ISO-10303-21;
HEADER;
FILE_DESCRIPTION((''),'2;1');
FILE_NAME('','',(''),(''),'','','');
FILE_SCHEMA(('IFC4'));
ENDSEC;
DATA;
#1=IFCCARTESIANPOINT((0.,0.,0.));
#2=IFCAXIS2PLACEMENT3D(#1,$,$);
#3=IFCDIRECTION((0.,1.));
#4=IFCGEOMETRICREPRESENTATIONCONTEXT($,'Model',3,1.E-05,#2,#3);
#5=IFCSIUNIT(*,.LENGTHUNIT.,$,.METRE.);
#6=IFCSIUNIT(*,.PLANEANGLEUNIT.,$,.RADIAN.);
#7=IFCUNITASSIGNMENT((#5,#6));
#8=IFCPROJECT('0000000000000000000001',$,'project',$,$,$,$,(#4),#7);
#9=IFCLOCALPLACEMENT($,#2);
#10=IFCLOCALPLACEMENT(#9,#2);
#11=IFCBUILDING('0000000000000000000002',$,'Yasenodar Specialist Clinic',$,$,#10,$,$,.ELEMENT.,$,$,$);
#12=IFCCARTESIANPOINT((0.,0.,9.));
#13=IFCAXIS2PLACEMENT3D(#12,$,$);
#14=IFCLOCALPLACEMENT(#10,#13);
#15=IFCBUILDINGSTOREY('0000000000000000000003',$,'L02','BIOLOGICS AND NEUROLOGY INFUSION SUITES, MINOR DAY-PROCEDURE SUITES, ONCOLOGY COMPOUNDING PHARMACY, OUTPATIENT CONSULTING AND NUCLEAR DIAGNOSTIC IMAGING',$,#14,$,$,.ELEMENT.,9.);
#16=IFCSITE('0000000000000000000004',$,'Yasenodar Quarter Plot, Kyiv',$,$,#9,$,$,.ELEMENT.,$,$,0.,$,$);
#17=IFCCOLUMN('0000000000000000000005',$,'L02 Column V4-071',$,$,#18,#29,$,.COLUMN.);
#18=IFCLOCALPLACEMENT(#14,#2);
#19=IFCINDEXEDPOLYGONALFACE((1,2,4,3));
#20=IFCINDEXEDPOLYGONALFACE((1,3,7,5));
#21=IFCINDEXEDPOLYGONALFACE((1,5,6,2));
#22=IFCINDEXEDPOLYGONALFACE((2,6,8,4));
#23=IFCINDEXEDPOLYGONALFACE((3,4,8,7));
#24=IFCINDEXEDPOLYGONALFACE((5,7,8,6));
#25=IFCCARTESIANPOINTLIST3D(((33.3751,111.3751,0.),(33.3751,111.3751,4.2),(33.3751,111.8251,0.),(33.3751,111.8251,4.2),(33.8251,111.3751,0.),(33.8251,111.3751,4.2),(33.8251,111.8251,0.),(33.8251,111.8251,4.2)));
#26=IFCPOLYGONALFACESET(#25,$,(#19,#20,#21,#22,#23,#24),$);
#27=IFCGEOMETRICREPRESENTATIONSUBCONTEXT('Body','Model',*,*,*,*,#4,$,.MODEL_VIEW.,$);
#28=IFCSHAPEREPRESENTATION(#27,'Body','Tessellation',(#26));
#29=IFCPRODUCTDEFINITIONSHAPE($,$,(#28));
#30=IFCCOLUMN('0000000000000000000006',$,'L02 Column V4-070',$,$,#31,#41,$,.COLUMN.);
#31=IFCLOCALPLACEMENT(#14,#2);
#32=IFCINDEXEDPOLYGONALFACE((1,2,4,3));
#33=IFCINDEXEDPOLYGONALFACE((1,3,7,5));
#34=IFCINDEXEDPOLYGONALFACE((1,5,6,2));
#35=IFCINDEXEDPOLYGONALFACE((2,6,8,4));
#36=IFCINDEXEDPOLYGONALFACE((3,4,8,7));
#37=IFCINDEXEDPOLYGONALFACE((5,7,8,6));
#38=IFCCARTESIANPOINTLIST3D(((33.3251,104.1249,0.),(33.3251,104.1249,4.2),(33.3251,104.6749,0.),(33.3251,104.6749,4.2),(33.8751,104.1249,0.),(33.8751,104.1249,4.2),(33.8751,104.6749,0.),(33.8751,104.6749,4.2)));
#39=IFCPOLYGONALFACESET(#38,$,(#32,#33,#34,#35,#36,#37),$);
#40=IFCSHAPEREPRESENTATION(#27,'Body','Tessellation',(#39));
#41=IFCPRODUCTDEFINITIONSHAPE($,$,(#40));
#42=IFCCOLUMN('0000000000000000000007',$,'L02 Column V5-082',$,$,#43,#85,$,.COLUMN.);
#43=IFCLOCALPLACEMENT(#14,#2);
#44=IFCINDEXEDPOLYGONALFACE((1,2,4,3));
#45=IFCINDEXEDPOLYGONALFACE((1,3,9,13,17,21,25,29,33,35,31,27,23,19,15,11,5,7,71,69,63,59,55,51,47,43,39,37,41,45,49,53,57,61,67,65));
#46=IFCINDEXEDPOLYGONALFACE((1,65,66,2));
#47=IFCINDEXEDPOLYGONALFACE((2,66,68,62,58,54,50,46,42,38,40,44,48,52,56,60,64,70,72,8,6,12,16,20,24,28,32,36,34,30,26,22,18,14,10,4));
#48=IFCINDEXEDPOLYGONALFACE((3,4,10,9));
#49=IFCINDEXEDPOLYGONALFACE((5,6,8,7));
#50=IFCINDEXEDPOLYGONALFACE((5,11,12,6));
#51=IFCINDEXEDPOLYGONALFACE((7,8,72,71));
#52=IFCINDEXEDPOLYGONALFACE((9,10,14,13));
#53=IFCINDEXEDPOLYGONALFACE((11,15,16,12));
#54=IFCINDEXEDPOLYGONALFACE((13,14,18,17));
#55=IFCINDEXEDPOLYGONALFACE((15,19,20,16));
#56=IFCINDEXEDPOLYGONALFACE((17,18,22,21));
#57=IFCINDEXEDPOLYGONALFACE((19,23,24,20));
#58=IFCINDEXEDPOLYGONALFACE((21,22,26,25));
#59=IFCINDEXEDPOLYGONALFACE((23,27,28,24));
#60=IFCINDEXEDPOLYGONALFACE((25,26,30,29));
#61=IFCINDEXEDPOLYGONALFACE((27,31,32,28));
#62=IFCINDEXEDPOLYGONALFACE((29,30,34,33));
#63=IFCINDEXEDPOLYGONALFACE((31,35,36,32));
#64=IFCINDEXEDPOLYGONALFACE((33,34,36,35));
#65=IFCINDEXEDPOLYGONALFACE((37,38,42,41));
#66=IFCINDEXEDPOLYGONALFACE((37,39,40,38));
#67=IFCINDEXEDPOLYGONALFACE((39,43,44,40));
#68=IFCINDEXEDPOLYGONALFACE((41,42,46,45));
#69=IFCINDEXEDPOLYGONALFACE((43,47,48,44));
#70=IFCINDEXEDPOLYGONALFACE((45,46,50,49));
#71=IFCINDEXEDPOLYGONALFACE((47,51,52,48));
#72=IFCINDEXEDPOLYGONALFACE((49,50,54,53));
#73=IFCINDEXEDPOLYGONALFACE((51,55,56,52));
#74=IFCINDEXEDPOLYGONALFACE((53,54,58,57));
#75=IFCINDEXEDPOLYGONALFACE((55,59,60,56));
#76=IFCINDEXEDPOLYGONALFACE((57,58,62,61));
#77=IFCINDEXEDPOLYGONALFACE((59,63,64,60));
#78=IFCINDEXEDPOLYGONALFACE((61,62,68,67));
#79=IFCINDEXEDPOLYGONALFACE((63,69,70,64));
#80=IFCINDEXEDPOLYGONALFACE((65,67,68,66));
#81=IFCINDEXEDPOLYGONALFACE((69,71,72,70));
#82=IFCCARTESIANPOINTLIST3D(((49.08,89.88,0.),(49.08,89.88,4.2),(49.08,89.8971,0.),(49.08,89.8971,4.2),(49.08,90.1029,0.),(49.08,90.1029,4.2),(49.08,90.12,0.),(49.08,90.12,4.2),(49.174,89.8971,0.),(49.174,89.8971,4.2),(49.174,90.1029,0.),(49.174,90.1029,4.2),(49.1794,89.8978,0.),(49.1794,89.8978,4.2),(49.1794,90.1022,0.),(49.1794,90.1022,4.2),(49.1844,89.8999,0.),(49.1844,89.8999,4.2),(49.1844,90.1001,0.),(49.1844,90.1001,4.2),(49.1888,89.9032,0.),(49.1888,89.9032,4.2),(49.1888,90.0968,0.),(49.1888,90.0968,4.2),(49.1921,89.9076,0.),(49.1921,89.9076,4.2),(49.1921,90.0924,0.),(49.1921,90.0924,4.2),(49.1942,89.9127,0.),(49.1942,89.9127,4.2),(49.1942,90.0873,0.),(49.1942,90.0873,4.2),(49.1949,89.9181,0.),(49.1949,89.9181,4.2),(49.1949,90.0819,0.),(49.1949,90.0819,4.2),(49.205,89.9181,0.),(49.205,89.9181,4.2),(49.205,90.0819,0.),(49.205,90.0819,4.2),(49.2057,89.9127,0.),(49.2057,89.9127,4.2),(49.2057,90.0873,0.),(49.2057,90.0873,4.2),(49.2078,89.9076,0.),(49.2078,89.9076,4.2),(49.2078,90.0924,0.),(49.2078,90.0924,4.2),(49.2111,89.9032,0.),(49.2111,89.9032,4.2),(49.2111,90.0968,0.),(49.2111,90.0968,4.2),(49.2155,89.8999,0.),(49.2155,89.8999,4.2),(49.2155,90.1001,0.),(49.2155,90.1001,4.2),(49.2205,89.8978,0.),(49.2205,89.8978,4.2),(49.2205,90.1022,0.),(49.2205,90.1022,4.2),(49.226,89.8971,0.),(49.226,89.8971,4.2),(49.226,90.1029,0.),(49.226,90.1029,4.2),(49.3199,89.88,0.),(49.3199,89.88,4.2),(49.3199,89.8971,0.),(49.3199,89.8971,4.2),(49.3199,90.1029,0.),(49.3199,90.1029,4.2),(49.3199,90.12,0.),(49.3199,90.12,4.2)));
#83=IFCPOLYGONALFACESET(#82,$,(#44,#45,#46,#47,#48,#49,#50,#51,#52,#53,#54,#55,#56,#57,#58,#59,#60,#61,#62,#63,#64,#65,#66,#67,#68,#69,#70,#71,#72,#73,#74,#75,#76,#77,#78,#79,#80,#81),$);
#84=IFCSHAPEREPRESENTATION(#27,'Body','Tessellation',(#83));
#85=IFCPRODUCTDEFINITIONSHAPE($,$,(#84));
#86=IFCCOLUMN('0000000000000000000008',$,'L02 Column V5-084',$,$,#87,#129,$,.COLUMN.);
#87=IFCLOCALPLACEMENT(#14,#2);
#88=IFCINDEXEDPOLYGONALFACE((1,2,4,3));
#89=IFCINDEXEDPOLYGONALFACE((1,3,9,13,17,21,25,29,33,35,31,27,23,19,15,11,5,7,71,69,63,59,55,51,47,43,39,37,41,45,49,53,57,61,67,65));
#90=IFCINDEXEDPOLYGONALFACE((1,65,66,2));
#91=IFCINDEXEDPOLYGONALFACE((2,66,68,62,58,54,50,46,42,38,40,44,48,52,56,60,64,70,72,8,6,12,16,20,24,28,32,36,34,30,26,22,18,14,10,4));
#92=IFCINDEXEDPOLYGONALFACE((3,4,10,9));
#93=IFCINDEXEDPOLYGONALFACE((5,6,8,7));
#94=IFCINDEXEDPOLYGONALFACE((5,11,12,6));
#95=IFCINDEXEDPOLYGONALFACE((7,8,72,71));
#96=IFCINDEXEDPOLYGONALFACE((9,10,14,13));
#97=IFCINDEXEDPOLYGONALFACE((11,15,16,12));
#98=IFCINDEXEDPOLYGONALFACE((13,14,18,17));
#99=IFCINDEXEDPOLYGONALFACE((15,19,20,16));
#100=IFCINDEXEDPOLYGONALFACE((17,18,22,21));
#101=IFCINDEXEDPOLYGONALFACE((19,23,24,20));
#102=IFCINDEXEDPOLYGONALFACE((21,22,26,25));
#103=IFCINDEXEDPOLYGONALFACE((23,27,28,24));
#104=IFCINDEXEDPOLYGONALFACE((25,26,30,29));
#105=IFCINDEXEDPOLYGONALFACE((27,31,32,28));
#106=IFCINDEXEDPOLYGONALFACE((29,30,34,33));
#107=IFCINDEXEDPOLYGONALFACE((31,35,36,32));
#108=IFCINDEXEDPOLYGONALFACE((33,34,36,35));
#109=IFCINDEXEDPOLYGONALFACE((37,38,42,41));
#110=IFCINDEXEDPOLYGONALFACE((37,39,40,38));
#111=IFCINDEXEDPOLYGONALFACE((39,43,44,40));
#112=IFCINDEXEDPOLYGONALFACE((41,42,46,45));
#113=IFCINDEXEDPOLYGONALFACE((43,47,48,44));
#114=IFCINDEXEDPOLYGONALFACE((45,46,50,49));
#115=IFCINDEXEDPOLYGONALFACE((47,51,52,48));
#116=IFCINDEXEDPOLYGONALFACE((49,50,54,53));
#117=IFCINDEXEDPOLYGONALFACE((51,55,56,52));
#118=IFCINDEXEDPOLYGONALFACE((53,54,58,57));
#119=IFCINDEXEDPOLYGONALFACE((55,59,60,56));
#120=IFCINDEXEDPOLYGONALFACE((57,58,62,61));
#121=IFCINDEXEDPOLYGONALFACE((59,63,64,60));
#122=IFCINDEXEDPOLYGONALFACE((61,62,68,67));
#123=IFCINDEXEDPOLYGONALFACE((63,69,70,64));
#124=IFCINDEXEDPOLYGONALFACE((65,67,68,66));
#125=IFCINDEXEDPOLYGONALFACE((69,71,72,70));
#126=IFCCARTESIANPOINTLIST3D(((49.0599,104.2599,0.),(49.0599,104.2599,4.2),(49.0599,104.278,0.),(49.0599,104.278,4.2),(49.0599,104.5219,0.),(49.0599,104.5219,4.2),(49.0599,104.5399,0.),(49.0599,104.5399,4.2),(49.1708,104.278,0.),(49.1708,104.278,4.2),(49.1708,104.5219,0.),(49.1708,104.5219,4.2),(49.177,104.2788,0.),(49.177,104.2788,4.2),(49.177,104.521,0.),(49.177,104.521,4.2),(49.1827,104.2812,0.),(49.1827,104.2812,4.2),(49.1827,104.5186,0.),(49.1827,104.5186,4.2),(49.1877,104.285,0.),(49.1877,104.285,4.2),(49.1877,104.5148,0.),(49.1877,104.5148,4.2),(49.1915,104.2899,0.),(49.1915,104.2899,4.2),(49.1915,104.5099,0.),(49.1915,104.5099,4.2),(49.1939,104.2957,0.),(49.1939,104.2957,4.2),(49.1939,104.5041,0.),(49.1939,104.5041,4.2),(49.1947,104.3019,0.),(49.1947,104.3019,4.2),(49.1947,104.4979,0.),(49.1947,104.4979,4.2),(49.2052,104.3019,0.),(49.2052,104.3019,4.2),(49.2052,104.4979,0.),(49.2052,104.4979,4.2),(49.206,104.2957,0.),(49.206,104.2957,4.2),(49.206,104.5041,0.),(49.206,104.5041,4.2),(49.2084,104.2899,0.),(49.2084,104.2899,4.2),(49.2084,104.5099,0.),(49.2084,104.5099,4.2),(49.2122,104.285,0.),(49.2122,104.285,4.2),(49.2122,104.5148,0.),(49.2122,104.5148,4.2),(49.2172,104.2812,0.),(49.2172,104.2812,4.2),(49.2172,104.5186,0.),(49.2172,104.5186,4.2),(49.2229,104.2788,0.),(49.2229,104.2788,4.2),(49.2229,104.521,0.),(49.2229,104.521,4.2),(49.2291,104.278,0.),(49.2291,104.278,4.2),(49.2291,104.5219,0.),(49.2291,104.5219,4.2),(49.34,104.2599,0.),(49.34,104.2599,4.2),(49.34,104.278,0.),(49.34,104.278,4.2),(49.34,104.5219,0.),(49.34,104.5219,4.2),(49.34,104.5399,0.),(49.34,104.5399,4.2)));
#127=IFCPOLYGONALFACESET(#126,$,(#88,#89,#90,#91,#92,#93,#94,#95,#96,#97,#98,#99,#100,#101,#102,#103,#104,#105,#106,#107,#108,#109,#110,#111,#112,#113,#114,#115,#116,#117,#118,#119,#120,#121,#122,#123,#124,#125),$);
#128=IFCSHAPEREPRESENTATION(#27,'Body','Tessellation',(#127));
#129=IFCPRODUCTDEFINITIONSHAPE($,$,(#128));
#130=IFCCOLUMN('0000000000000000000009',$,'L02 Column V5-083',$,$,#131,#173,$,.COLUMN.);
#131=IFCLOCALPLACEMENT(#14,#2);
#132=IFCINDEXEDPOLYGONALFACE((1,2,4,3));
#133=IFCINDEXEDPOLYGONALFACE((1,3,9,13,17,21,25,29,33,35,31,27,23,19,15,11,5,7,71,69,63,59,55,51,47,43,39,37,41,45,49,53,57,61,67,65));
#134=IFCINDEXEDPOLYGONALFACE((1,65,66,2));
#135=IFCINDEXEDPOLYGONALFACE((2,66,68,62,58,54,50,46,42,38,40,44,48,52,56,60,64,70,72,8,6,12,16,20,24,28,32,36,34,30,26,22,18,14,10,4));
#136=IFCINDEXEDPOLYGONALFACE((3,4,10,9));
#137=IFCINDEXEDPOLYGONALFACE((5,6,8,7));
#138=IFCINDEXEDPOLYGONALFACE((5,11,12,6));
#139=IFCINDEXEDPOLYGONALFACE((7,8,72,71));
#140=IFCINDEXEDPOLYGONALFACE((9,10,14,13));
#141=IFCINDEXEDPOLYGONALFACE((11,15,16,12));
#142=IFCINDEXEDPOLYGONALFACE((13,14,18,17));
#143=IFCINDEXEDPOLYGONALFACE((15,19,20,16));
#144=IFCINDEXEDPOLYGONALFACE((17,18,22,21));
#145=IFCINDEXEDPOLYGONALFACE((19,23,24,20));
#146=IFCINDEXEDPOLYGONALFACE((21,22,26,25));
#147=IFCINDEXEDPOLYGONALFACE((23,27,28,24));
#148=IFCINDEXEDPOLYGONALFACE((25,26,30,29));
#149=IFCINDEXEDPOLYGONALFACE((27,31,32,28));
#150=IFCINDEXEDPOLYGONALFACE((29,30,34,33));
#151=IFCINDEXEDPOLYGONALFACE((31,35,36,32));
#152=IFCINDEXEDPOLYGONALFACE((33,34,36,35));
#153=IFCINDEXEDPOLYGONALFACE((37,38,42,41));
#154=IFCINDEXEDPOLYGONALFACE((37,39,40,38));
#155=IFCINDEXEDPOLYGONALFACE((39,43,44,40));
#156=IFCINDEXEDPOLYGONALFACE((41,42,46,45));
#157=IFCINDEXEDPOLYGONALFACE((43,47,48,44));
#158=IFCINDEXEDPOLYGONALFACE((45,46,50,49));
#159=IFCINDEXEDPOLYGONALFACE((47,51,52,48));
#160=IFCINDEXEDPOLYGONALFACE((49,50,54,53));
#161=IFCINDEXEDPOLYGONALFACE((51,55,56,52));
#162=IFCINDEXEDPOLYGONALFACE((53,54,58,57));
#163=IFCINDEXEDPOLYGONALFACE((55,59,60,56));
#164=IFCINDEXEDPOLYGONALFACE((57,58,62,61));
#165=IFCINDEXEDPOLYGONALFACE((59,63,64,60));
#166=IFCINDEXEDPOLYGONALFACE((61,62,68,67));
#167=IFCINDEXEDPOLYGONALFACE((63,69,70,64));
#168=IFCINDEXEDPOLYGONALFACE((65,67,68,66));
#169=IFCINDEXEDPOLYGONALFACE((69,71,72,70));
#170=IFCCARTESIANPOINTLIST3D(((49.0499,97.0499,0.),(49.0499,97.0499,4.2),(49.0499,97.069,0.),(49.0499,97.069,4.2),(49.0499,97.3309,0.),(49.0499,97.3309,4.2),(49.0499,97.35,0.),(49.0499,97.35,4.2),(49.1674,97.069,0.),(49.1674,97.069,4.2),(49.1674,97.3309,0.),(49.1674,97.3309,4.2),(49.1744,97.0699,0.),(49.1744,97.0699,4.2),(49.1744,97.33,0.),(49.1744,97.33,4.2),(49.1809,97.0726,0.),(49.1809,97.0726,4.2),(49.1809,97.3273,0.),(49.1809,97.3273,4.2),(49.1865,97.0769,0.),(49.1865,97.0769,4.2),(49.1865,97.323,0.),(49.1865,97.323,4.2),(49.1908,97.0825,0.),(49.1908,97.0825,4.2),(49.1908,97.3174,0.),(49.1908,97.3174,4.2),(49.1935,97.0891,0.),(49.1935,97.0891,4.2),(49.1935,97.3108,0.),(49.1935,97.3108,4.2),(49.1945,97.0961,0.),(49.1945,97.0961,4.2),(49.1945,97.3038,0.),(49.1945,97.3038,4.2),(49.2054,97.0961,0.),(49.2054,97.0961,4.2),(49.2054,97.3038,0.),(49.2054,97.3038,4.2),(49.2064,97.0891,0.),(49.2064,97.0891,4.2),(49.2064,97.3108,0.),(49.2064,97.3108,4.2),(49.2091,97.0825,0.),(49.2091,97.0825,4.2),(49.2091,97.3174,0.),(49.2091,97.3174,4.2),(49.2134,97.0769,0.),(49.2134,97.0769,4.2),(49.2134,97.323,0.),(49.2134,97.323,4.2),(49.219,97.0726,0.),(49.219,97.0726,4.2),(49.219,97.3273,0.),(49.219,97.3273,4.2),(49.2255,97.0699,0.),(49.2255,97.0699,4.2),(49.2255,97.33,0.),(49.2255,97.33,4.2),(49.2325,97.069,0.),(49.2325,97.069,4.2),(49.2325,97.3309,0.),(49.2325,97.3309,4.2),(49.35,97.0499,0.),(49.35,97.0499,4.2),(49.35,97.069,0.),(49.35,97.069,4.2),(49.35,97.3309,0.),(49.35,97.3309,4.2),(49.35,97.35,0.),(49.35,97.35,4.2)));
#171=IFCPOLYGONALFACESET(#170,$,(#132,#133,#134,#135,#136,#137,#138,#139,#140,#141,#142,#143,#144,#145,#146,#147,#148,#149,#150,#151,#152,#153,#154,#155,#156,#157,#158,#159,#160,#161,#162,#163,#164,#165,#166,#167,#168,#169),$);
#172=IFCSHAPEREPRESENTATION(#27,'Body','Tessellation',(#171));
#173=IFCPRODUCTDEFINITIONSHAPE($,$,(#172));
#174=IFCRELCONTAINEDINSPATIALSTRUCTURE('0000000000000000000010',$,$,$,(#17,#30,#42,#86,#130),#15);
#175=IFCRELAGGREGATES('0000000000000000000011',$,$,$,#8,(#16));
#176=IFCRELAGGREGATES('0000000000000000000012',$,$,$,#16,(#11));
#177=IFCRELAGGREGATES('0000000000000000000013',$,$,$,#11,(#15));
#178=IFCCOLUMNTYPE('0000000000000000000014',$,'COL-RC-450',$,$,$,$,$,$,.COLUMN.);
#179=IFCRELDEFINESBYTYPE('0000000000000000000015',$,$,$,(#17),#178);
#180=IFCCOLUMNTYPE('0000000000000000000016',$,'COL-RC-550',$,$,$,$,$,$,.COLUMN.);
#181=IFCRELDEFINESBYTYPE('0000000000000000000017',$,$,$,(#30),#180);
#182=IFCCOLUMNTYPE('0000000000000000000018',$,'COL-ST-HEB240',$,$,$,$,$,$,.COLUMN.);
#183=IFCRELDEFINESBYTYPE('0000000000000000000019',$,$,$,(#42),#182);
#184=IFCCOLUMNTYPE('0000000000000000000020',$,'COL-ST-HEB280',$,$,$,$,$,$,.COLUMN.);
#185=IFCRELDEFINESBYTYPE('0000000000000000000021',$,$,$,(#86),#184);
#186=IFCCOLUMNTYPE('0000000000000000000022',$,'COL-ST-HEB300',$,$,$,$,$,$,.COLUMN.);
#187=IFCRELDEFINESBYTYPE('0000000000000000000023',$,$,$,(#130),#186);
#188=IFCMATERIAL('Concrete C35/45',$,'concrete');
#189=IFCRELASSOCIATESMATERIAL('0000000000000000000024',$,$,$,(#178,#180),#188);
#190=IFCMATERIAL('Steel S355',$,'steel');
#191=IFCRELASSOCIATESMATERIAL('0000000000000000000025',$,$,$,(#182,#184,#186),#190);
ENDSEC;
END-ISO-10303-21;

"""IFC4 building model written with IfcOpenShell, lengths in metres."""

from ifc_helpers import new_model, si_unit, direction, frame, origin, origin_2d, place, context, subcontext, project, spatial, rectangle, i_section, extrude, material, material_profile, profile_set, type_object, element, save


model = new_model("IFC4")

# Units and contexts
model_context = context("Model", 3, precision=1e-05, world=origin(), true_north=direction((0.0, 1.0)))
body_context = subcontext(model_context, "Body", "Model", "MODEL_VIEW")
ifc_project = project(units=[si_unit("LENGTHUNIT", "METRE"), si_unit("PLANEANGLEUNIT", "RADIAN")], contexts=[model_context])

# Site, building, storey
site_placement = place(None, origin())
site = spatial("IfcSite", under=ifc_project, at=site_placement, Name="Yasenodar Quarter Plot, Kyiv", CompositionType="ELEMENT", RefElevation=0.0)
building_placement = place(site_placement, origin())
building = spatial("IfcBuilding", under=site, at=building_placement, Name="Yasenodar Specialist Clinic", CompositionType="ELEMENT")
storey_placement = place(building_placement, frame((0.0, 0.0, 9.0)))
storey = spatial("IfcBuildingStorey", under=building, at=storey_placement, Name="L02", Description="BIOLOGICS AND NEUROLOGY INFUSION SUITES, MINOR DAY-PROCEDURE SUITES, ONCOLOGY COMPOUNDING PHARMACY, OUTPATIENT CONSULTING AND NUCLEAR DIAGNOSTIC IMAGING", CompositionType="ELEMENT", Elevation=9.0)

# Columns
ifc_material_1 = material(Name="Concrete C35/45", Category="concrete")
ifc_material_profile_1 = material_profile(ifc_material_1, rectangle(XDim=0.45, YDim=0.45, at=origin_2d()), Name="RC 450x450")
ifc_profile_set_1 = profile_set([ifc_material_profile_1], Name="Concrete C35/45")
column_type_1 = type_object("IfcColumnType", Name="COL-RC-450", PredefinedType="COLUMN", material=ifc_profile_set_1)
column_1_placement = place(storey_placement, frame((33.6001, 111.6001, 0.0), z_axis=(0.0, 0.0, 1.0), x_axis=(1.0, 0.0, 0.0)))
element("IfcColumn", 1, at=column_1_placement, inside=storey, type_object=column_type_1, Name="L02 Column V4-071", PredefinedType="COLUMN", context=body_context, shape_type="SweptSolid", body=[
    extrude(rectangle(XDim=0.45, YDim=0.45, at=origin_2d()), origin(), (0.0, 0.0, 1.0), 4.2),
])
ifc_material_profile_2 = material_profile(ifc_material_1, rectangle(XDim=0.55, YDim=0.55, at=origin_2d()), Name="RC 550x550")
ifc_profile_set_2 = profile_set([ifc_material_profile_2], Name="Concrete C35/45")
column_type_2 = type_object("IfcColumnType", Name="COL-RC-550", PredefinedType="COLUMN", material=ifc_profile_set_2)
column_2_placement = place(storey_placement, frame((33.6001, 104.3999, 0.0), z_axis=(0.0, 0.0, 1.0), x_axis=(1.0, 0.0, 0.0)))
element("IfcColumn", 2, at=column_2_placement, inside=storey, type_object=column_type_2, Name="L02 Column V4-070", PredefinedType="COLUMN", context=body_context, shape_type="SweptSolid", body=[
    extrude(rectangle(XDim=0.55, YDim=0.55, at=origin_2d()), origin(), (0.0, 0.0, 1.0), 4.2),
])
ifc_material_2 = material(Name="Steel S355", Category="steel")
ifc_material_profile_3 = material_profile(ifc_material_2, i_section(OverallWidth=0.24, OverallDepth=0.24, WebThickness=0.01, FlangeThickness=0.0171, FilletRadius=0.021, at=origin_2d()), Name="HEB 240")
ifc_profile_set_3 = profile_set([ifc_material_profile_3], Name="Steel S355")
column_type_3 = type_object("IfcColumnType", Name="COL-ST-HEB240", PredefinedType="COLUMN", material=ifc_profile_set_3)
column_3_placement = place(storey_placement, frame((49.2, 90.0, 0.0), z_axis=(0.0, 0.0, 1.0), x_axis=(1.0, 0.0, 0.0)))
element("IfcColumn", 3, at=column_3_placement, inside=storey, type_object=column_type_3, Name="L02 Column V5-082", PredefinedType="COLUMN", context=body_context, shape_type="SweptSolid", body=[
    extrude(i_section(OverallWidth=0.24, OverallDepth=0.24, WebThickness=0.01, FlangeThickness=0.0171, FilletRadius=0.021, at=origin_2d()), origin(), (0.0, 0.0, 1.0), 4.2),
])
ifc_material_profile_4 = material_profile(ifc_material_2, i_section(OverallWidth=0.28, OverallDepth=0.28, WebThickness=0.0105, FlangeThickness=0.0181, FilletRadius=0.0239, at=origin_2d()), Name="HEB 280")
ifc_profile_set_4 = profile_set([ifc_material_profile_4], Name="Steel S355")
column_type_4 = type_object("IfcColumnType", Name="COL-ST-HEB280", PredefinedType="COLUMN", material=ifc_profile_set_4)
column_4_placement = place(storey_placement, frame((49.2, 104.3999, 0.0), z_axis=(0.0, 0.0, 1.0), x_axis=(1.0, 0.0, 0.0)))
element("IfcColumn", 4, at=column_4_placement, inside=storey, type_object=column_type_4, Name="L02 Column V5-084", PredefinedType="COLUMN", context=body_context, shape_type="SweptSolid", body=[
    extrude(i_section(OverallWidth=0.28, OverallDepth=0.28, WebThickness=0.0105, FlangeThickness=0.0181, FilletRadius=0.0239, at=origin_2d()), origin(), (0.0, 0.0, 1.0), 4.2),
])
ifc_material_profile_5 = material_profile(ifc_material_2, i_section(OverallWidth=0.3, OverallDepth=0.3, WebThickness=0.011, FlangeThickness=0.019, FilletRadius=0.0271, at=origin_2d()), Name="HEB 300")
ifc_profile_set_5 = profile_set([ifc_material_profile_5], Name="Steel S355")
column_type_5 = type_object("IfcColumnType", Name="COL-ST-HEB300", PredefinedType="COLUMN", material=ifc_profile_set_5)
column_5_placement = place(storey_placement, frame((49.2, 97.2, 0.0), z_axis=(0.0, 0.0, 1.0), x_axis=(1.0, 0.0, 0.0)))
element("IfcColumn", 5, at=column_5_placement, inside=storey, type_object=column_type_5, Name="L02 Column V5-083", PredefinedType="COLUMN", context=body_context, shape_type="SweptSolid", body=[
    extrude(i_section(OverallWidth=0.3, OverallDepth=0.3, WebThickness=0.011, FlangeThickness=0.019, FilletRadius=0.0271, at=origin_2d()), origin(), (0.0, 0.0, 1.0), 4.2),
])

save(model, "model.ifc")
